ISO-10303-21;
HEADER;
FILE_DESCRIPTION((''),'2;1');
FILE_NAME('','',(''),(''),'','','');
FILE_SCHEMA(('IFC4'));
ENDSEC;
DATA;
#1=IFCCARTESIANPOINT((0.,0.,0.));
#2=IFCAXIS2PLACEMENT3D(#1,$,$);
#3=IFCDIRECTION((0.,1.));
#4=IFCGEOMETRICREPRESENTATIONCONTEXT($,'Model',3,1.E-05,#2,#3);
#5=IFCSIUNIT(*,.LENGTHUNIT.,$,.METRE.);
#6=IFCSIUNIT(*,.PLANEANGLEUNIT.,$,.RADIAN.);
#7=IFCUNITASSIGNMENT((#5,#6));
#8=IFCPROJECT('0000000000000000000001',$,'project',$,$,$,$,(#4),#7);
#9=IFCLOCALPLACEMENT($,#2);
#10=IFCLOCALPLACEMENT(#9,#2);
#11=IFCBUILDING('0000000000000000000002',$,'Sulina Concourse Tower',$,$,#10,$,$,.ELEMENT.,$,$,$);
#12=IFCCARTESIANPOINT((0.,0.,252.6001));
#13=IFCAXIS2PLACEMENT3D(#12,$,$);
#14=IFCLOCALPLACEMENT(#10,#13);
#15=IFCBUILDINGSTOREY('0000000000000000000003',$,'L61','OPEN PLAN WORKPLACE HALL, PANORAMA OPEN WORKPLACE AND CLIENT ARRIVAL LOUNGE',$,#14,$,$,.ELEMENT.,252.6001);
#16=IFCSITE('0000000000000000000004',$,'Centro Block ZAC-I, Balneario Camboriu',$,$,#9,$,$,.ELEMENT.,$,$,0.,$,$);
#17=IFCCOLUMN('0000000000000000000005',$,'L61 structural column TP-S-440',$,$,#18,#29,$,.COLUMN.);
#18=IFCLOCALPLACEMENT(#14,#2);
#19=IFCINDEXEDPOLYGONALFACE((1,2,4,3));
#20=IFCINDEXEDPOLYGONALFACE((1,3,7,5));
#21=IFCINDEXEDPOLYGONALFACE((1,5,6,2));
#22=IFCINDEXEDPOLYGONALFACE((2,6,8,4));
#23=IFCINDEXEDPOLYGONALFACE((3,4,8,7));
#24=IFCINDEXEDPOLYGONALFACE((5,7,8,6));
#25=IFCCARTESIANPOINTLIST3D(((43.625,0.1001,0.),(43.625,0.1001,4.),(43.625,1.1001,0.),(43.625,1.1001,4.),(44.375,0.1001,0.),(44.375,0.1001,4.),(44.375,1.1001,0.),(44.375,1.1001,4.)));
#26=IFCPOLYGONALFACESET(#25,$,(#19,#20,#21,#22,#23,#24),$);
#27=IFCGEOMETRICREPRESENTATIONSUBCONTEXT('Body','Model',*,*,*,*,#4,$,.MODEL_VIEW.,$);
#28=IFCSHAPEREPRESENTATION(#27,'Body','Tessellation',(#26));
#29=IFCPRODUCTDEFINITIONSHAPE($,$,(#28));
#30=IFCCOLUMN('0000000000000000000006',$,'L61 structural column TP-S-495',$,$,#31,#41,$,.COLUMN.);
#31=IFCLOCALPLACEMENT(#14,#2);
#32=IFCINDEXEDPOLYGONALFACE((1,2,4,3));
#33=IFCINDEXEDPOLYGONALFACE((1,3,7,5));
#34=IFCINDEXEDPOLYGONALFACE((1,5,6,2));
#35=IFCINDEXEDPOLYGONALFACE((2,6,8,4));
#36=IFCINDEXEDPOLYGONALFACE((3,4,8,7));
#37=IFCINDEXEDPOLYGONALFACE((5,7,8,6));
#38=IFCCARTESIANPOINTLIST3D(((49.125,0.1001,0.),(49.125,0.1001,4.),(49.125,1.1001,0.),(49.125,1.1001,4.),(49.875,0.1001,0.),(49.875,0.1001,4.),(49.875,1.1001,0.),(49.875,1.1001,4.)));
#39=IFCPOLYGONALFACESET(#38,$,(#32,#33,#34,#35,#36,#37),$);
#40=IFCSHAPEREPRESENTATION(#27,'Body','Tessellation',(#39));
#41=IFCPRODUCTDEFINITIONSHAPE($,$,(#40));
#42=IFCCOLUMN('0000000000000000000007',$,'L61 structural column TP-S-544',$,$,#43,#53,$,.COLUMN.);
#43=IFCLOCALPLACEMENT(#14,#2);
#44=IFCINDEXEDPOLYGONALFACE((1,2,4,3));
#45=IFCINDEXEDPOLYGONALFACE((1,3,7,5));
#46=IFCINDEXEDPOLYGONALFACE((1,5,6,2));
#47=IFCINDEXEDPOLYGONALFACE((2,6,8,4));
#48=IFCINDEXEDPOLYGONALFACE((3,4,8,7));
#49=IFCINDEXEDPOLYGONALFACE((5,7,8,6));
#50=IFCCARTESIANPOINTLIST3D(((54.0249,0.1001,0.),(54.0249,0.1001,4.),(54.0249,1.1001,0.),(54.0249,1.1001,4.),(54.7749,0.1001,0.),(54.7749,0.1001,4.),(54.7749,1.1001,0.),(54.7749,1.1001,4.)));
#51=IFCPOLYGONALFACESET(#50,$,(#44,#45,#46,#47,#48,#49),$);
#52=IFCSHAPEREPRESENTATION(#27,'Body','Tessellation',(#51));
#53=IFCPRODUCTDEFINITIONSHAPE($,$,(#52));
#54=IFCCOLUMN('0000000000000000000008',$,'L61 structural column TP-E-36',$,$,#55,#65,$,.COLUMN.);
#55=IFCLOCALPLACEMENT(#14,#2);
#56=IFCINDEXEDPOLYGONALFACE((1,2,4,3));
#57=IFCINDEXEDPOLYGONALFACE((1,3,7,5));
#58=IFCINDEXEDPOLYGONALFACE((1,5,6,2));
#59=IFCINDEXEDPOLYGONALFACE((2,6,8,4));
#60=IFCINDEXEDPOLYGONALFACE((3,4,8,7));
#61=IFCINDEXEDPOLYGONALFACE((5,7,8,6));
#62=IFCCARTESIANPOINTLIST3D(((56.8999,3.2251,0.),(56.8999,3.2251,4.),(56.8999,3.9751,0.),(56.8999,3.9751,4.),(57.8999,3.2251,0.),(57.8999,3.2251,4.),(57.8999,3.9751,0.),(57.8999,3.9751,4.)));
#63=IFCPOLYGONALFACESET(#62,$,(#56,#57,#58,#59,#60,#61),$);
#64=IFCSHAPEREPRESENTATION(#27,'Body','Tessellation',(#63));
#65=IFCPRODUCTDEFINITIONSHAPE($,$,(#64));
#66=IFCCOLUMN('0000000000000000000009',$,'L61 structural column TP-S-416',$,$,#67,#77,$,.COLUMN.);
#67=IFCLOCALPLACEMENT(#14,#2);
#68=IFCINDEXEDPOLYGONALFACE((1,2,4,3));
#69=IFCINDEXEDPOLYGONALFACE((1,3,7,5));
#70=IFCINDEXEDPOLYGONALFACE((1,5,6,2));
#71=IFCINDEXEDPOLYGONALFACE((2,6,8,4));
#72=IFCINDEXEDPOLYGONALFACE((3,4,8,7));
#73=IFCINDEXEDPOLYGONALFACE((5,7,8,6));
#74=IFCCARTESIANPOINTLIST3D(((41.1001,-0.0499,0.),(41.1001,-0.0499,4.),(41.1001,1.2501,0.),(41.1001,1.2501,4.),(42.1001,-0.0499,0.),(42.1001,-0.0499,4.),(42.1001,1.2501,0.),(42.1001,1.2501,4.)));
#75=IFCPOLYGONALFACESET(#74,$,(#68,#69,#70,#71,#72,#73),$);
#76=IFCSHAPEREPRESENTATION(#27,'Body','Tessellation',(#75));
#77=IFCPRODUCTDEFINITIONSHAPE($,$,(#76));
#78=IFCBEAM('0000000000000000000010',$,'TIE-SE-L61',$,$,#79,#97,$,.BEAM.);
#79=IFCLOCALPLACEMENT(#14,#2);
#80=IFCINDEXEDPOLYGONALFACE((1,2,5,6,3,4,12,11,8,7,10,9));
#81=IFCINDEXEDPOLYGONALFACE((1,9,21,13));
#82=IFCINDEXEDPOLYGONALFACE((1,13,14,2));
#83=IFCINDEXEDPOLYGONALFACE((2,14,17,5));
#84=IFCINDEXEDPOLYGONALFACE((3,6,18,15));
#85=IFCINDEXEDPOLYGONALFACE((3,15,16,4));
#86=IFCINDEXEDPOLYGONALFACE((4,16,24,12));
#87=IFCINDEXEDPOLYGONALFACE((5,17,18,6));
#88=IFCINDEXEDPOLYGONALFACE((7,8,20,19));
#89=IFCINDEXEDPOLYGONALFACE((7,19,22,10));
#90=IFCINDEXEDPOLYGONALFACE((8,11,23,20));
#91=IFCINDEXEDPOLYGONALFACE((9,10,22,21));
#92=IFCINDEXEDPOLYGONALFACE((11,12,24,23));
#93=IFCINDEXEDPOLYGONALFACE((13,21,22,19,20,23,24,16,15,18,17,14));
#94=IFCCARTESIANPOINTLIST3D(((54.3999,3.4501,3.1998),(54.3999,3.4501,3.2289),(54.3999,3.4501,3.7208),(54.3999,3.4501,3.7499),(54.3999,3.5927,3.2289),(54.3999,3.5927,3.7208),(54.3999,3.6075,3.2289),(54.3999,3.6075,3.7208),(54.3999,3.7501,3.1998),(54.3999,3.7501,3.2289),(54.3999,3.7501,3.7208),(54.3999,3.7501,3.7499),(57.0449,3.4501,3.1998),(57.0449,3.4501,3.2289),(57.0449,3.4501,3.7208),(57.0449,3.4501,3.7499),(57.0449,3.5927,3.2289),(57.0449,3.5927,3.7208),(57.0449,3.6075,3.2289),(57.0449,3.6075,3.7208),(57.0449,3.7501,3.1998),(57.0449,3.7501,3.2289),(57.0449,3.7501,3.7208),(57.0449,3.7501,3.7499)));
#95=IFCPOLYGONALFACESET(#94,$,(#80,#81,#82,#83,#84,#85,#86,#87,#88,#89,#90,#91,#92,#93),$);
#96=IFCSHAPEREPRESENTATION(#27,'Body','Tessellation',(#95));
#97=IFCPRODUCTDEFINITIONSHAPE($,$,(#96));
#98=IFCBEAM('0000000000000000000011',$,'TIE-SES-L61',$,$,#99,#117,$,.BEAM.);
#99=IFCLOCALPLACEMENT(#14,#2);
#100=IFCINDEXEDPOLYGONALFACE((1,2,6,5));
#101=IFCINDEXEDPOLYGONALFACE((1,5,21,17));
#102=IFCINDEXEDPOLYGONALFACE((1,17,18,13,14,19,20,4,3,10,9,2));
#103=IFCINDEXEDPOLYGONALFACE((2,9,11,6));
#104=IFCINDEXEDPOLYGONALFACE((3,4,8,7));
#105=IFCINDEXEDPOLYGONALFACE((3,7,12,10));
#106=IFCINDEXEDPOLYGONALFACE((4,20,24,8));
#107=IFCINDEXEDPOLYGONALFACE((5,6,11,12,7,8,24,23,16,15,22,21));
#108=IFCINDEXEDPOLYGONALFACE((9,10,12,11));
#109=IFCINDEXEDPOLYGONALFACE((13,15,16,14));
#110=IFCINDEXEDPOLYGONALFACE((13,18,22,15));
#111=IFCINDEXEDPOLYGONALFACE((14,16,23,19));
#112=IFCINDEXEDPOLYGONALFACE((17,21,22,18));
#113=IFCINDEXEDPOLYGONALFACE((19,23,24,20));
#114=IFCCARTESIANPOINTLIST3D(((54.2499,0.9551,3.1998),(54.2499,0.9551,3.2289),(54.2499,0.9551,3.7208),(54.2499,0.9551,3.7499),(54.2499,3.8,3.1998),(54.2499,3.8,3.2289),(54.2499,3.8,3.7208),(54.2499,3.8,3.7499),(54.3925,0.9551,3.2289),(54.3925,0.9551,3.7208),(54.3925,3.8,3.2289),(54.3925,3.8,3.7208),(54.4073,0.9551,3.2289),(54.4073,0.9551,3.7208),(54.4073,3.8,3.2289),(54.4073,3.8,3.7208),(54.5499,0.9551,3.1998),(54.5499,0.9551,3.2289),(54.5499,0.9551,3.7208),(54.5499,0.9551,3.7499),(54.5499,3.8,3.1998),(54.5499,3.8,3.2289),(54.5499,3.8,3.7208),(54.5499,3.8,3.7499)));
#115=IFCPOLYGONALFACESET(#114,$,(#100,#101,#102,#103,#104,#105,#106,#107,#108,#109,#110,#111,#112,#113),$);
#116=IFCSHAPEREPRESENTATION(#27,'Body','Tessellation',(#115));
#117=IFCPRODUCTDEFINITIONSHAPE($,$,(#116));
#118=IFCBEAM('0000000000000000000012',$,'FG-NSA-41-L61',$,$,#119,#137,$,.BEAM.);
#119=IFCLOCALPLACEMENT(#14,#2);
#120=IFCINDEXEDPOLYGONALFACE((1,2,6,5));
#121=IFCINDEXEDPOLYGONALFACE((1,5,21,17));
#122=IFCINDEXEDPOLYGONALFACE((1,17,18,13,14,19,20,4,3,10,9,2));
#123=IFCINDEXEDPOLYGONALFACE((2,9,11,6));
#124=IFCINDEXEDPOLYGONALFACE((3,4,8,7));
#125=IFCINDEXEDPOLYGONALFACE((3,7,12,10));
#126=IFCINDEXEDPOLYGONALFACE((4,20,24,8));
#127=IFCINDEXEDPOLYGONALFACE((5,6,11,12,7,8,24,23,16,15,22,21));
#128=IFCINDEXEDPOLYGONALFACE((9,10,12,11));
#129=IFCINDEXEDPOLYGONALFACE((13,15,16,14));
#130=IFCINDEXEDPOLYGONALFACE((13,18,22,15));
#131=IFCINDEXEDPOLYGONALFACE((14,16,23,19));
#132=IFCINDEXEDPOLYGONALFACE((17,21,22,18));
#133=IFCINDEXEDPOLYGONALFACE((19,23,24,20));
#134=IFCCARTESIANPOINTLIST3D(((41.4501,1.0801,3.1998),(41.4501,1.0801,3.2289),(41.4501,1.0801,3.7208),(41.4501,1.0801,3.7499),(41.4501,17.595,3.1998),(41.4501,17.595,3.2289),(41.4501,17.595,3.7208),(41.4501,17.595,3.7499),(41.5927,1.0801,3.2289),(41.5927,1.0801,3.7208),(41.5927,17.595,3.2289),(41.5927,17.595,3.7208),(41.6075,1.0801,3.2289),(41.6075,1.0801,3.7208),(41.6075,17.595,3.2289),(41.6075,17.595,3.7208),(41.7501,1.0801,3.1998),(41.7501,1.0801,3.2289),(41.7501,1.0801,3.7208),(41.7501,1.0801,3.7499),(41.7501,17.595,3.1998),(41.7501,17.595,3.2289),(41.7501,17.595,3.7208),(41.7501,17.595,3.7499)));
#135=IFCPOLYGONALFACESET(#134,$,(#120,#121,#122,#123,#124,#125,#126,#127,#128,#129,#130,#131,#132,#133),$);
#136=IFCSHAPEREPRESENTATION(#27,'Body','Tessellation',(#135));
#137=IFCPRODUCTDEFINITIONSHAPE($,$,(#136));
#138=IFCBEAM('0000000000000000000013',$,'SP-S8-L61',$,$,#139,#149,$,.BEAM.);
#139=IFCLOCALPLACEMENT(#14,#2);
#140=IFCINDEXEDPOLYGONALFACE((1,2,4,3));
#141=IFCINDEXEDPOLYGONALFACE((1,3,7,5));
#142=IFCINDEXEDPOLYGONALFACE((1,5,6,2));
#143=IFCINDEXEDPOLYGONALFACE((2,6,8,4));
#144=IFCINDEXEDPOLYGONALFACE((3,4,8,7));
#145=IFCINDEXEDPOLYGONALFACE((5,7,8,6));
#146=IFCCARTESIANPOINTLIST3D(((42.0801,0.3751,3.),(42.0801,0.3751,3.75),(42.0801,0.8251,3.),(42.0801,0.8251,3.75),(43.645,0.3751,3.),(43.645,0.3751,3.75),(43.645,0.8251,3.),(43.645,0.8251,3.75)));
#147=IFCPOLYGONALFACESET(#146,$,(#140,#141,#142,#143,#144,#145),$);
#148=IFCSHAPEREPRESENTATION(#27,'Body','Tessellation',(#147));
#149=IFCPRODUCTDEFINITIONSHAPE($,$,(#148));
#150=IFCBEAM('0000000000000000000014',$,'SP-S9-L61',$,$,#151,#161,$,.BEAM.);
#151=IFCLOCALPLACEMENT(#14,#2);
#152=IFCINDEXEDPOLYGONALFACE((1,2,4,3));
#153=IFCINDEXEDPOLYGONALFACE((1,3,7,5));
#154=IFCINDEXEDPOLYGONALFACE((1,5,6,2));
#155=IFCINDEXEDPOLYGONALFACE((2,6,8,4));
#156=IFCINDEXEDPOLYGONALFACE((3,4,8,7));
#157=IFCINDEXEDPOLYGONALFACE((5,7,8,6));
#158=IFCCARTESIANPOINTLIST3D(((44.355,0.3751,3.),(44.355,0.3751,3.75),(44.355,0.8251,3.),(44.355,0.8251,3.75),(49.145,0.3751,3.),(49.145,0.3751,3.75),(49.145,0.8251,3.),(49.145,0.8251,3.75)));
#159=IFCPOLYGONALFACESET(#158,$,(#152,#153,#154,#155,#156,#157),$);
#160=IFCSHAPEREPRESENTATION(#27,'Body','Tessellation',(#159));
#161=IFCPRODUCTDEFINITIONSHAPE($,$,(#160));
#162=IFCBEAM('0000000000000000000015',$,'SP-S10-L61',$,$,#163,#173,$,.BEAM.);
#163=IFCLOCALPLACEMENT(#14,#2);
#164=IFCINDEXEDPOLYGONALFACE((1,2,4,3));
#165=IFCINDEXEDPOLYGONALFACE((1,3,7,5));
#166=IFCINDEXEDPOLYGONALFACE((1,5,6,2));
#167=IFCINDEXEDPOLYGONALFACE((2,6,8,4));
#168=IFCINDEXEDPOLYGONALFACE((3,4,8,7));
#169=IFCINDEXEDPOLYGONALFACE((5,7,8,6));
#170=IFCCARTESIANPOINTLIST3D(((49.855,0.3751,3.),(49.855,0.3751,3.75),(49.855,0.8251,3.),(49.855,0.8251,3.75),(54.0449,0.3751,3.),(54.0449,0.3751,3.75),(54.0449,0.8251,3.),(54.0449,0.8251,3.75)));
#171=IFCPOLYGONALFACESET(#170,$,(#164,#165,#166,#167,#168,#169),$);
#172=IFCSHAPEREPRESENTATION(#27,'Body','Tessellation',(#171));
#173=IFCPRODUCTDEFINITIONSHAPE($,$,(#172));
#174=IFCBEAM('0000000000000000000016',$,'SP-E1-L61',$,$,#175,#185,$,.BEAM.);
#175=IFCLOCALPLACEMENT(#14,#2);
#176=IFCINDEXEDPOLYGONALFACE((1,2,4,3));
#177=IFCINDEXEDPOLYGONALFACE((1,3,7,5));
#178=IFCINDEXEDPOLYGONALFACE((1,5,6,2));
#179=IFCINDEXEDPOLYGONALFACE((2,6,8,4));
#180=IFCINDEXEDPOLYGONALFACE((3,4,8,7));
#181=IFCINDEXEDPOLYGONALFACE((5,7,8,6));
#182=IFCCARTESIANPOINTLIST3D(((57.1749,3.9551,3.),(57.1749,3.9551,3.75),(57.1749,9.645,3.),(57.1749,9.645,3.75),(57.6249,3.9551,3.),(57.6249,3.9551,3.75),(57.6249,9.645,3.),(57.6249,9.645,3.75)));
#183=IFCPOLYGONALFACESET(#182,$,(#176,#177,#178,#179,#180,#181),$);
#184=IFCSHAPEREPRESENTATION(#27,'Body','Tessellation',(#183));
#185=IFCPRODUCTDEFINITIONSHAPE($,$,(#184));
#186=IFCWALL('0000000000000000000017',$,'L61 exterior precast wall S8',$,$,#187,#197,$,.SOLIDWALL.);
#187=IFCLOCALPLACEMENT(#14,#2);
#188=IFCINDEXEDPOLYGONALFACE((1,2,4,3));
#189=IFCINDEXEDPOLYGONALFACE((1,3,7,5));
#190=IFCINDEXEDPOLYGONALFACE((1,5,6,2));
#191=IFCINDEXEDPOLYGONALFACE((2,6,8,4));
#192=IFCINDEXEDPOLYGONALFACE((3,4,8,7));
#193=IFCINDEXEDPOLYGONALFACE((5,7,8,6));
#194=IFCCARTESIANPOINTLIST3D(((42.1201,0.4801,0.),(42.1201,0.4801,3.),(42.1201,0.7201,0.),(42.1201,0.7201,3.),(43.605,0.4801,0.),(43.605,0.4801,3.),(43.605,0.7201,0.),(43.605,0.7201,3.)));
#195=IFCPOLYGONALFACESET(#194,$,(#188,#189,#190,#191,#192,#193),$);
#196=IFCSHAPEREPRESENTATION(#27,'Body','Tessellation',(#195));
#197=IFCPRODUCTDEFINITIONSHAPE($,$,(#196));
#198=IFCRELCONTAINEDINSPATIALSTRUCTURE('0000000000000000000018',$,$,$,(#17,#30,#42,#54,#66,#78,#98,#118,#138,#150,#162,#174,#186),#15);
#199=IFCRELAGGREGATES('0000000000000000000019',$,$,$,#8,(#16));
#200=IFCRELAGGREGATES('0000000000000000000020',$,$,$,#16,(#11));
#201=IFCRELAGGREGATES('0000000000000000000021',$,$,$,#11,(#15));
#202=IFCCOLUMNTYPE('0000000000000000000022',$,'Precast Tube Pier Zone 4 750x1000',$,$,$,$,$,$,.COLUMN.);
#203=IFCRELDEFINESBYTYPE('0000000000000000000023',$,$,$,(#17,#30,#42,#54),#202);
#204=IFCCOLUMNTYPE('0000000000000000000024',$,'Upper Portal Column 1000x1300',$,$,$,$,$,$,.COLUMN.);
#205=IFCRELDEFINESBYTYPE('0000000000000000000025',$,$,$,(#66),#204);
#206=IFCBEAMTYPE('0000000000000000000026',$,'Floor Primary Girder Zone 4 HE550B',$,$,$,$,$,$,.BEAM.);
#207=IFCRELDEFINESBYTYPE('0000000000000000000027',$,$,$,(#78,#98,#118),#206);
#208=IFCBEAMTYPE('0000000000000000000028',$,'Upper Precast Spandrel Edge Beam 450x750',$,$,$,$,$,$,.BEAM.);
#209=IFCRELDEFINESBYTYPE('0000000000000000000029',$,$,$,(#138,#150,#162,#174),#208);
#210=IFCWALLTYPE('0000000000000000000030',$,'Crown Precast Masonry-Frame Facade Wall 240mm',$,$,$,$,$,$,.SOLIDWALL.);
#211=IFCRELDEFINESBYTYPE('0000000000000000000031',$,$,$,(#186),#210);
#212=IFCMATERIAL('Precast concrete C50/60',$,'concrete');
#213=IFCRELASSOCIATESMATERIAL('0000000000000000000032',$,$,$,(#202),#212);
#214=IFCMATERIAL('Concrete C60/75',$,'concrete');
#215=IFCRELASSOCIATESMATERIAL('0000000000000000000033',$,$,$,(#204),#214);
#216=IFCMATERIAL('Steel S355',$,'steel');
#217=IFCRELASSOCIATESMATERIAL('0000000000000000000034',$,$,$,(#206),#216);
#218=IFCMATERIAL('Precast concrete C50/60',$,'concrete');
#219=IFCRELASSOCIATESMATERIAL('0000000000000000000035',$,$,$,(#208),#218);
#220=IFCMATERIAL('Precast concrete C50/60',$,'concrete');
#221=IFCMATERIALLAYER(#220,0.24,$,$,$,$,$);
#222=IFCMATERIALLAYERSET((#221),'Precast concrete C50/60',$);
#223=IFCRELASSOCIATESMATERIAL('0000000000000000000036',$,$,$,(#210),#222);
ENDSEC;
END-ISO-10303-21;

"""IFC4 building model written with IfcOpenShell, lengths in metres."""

from ifc_helpers import new_model, si_unit, direction, frame, frame_2d, origin, origin_2d, place, context, subcontext, project, spatial, rectangle, i_section, extrude, material, layer, layer_set, material_profile, profile_set, type_object, element, save


model = new_model("IFC4")

# Units and contexts
model_context = context("Model", 3, precision=1e-05, world=origin(), true_north=direction((0.0, 1.0)))
body_context = subcontext(model_context, "Body", "Model", "MODEL_VIEW")
ifc_project = project(units=[si_unit("LENGTHUNIT", "METRE"), si_unit("PLANEANGLEUNIT", "RADIAN")], contexts=[model_context])

# Site, building, storey
site_placement = place(None, origin())
site = spatial("IfcSite", under=ifc_project, at=site_placement, Name="Centro Block ZAC-I, Balneario Camboriu", CompositionType="ELEMENT", RefElevation=0.0)
building_placement = place(site_placement, origin())
building = spatial("IfcBuilding", under=site, at=building_placement, Name="Sulina Concourse Tower", CompositionType="ELEMENT")
storey_placement = place(building_placement, frame((0.0, 0.0, 252.6001)))
storey = spatial("IfcBuildingStorey", under=building, at=storey_placement, Name="L61", Description="OPEN PLAN WORKPLACE HALL, PANORAMA OPEN WORKPLACE AND CLIENT ARRIVAL LOUNGE", CompositionType="ELEMENT", Elevation=252.6001)

# Columns
ifc_material_1 = material(Name="Precast concrete C50/60", Category="concrete")
ifc_material_profile_1 = material_profile(ifc_material_1, rectangle(XDim=0.75, YDim=1.0, at=origin_2d()), Name="PC 750x1000")
ifc_profile_set_1 = profile_set([ifc_material_profile_1], Name="Precast concrete C50/60")
column_type_1 = type_object("IfcColumnType", Name="Precast Tube Pier Zone 4 750x1000", PredefinedType="COLUMN", material=ifc_profile_set_1)
for number, where, z_axis, x_axis, name in (
    (1, (44.0, 0.6001, 0.0), (0.0, 0.0, 1.0), (1.0, 0.0, 0.0), "L61 structural column TP-S-440"),
    (2, (49.5, 0.6001, 0.0), (0.0, 0.0, 1.0), (1.0, 0.0, 0.0), "L61 structural column TP-S-495"),
    (3, (54.3999, 0.6001, 0.0), (0.0, 0.0, 1.0), (1.0, 0.0, 0.0), "L61 structural column TP-S-544"),
    (4, (57.3999, 3.6001, 0.0), (0.0, 0.0, 1.0), (0.0, 1.0, 0.0), "L61 structural column TP-E-36"),
):
    element("IfcColumn", number, at=place(storey_placement, frame(where, z_axis=z_axis, x_axis=x_axis)), inside=storey, type_object=column_type_1, Name=name, PredefinedType="COLUMN", context=body_context, shape_type="SweptSolid", body=[
        extrude(rectangle(XDim=0.75, YDim=1.0, at=origin_2d()), origin(), (0.0, 0.0, 1.0), 4.0),
    ])
ifc_material_2 = material(Name="Concrete C60/75", Category="concrete")
ifc_material_profile_2 = material_profile(ifc_material_2, rectangle(XDim=1.0, YDim=1.3, at=origin_2d()), Name="RC 1000x1300")
ifc_profile_set_2 = profile_set([ifc_material_profile_2], Name="Concrete C60/75")
column_type_2 = type_object("IfcColumnType", Name="Upper Portal Column 1000x1300", PredefinedType="COLUMN", material=ifc_profile_set_2)
column_placement = place(storey_placement, frame((41.6001, 0.6001, 0.0), z_axis=(0.0, 0.0, 1.0), x_axis=(1.0, 0.0, 0.0)))
element("IfcColumn", 5, at=column_placement, inside=storey, type_object=column_type_2, Name="L61 structural column TP-S-416", PredefinedType="COLUMN", context=body_context, shape_type="SweptSolid", body=[
    extrude(rectangle(XDim=1.0, YDim=1.3, at=origin_2d()), origin(), (0.0, 0.0, 1.0), 4.0),
])

# Beams
ifc_material_3 = material(Name="Steel S355", Category="steel")
ifc_material_profile_3 = material_profile(ifc_material_3, i_section(OverallWidth=0.3, OverallDepth=0.55, WebThickness=0.0149, FlangeThickness=0.0291, at=origin_2d()), Name="HE 550 B")
ifc_profile_set_3 = profile_set([ifc_material_profile_3], Name="Steel S355")
beam_type_1 = type_object("IfcBeamType", Name="Floor Primary Girder Zone 4 HE550B", PredefinedType="BEAM", material=ifc_profile_set_3)
beam_1_placement = place(storey_placement, frame((54.3999, 3.6001, 3.4749), z_axis=(1.0, 0.0, 0.0), x_axis=(0.0, 1.0, 0.0)))
element("IfcBeam", 6, at=beam_1_placement, inside=storey, type_object=beam_type_1, Name="TIE-SE-L61", PredefinedType="BEAM", context=body_context, shape_type="SweptSolid", body=[
    extrude(i_section(OverallWidth=0.3, OverallDepth=0.55, WebThickness=0.0149, FlangeThickness=0.0291, at=origin_2d()), origin(), (0.0, 0.0, 1.0), 2.645),
])
beam_2_placement = place(storey_placement, frame((54.3999, 0.9551, 3.4749), z_axis=(0.0, 1.0, 0.0), x_axis=(-1.0, 0.0, 0.0)))
element("IfcBeam", 7, at=beam_2_placement, inside=storey, type_object=beam_type_1, Name="TIE-SES-L61", PredefinedType="BEAM", context=body_context, shape_type="SweptSolid", body=[
    extrude(i_section(OverallWidth=0.3, OverallDepth=0.55, WebThickness=0.0149, FlangeThickness=0.0291, at=origin_2d()), origin(), (0.0, 0.0, 1.0), 2.845),
])
beam_3_placement = place(storey_placement, frame((41.6001, 1.0801, 3.4749), z_axis=(0.0, 1.0, 0.0), x_axis=(-1.0, 0.0, 0.0)))
element("IfcBeam", 8, at=beam_3_placement, inside=storey, type_object=beam_type_1, Name="FG-NSA-41-L61", PredefinedType="BEAM", context=body_context, shape_type="SweptSolid", body=[
    extrude(i_section(OverallWidth=0.3, OverallDepth=0.55, WebThickness=0.0149, FlangeThickness=0.0291, at=origin_2d()), origin(), (0.0, 0.0, 1.0), 16.5149),
])
ifc_material_4 = material(Name="Precast concrete C50/60", Category="concrete")
ifc_material_profile_4 = material_profile(ifc_material_4, rectangle(XDim=0.45, YDim=0.75, at=origin_2d()), Name="RC 450x750")
ifc_profile_set_4 = profile_set([ifc_material_profile_4], Name="Precast concrete C50/60")
beam_type_2 = type_object("IfcBeamType", Name="Upper Precast Spandrel Edge Beam 450x750", PredefinedType="BEAM", material=ifc_profile_set_4)
beam_4_placement = place(storey_placement, frame((42.0801, 0.6001, 3.375), z_axis=(1.0, 0.0, 0.0), x_axis=(0.0, 1.0, 0.0)))
element("IfcBeam", 9, at=beam_4_placement, inside=storey, type_object=beam_type_2, Name="SP-S8-L61", PredefinedType="BEAM", context=body_context, shape_type="SweptSolid", body=[
    extrude(rectangle(XDim=0.45, YDim=0.75, at=origin_2d()), origin(), (0.0, 0.0, 1.0), 1.5649),
])
beam_5_placement = place(storey_placement, frame((44.355, 0.6001, 3.375), z_axis=(1.0, 0.0, 0.0), x_axis=(0.0, 1.0, 0.0)))
element("IfcBeam", 10, at=beam_5_placement, inside=storey, type_object=beam_type_2, Name="SP-S9-L61", PredefinedType="BEAM", context=body_context, shape_type="SweptSolid", body=[
    extrude(rectangle(XDim=0.45, YDim=0.75, at=origin_2d()), origin(), (0.0, 0.0, 1.0), 4.79),
])
beam_6_placement = place(storey_placement, frame((49.855, 0.6001, 3.375), z_axis=(1.0, 0.0, 0.0), x_axis=(0.0, 1.0, 0.0)))
element("IfcBeam", 11, at=beam_6_placement, inside=storey, type_object=beam_type_2, Name="SP-S10-L61", PredefinedType="BEAM", context=body_context, shape_type="SweptSolid", body=[
    extrude(rectangle(XDim=0.45, YDim=0.75, at=origin_2d()), origin(), (0.0, 0.0, 1.0), 4.1899),
])
beam_7_placement = place(storey_placement, frame((57.3999, 3.9551, 3.375), z_axis=(0.0, 1.0, 0.0), x_axis=(-1.0, 0.0, 0.0)))
element("IfcBeam", 12, at=beam_7_placement, inside=storey, type_object=beam_type_2, Name="SP-E1-L61", PredefinedType="BEAM", context=body_context, shape_type="SweptSolid", body=[
    extrude(rectangle(XDim=0.45, YDim=0.75, at=origin_2d()), origin(), (0.0, 0.0, 1.0), 5.6899),
])

# Wall
ifc_material_5 = material(Name="Precast concrete C50/60", Category="concrete")
ifc_layer_1 = layer(ifc_material_5, 0.24)
ifc_layer_set_1 = layer_set([ifc_layer_1], Name="Precast concrete C50/60")
wall_type_1 = type_object("IfcWallType", Name="Crown Precast Masonry-Frame Facade Wall 240mm", PredefinedType="SOLIDWALL", material=ifc_layer_set_1)
wall_1_placement = place(storey_placement, frame((43.605, 0.6001, 0.0), z_axis=(0.0, 0.0, 1.0), x_axis=(-1.0, 0.0, 0.0)))
element("IfcWall", 13, at=wall_1_placement, inside=storey, type_object=wall_type_1, Name="L61 exterior precast wall S8", PredefinedType="SOLIDWALL", context=body_context, shape_type="SweptSolid", body=[
    extrude(rectangle(XDim=1.4849, YDim=0.24, at=frame_2d((0.7424, 0.0))), origin(), (0.0, 0.0, 1.0), 3.0),
])

save(model, "model.ifc")
